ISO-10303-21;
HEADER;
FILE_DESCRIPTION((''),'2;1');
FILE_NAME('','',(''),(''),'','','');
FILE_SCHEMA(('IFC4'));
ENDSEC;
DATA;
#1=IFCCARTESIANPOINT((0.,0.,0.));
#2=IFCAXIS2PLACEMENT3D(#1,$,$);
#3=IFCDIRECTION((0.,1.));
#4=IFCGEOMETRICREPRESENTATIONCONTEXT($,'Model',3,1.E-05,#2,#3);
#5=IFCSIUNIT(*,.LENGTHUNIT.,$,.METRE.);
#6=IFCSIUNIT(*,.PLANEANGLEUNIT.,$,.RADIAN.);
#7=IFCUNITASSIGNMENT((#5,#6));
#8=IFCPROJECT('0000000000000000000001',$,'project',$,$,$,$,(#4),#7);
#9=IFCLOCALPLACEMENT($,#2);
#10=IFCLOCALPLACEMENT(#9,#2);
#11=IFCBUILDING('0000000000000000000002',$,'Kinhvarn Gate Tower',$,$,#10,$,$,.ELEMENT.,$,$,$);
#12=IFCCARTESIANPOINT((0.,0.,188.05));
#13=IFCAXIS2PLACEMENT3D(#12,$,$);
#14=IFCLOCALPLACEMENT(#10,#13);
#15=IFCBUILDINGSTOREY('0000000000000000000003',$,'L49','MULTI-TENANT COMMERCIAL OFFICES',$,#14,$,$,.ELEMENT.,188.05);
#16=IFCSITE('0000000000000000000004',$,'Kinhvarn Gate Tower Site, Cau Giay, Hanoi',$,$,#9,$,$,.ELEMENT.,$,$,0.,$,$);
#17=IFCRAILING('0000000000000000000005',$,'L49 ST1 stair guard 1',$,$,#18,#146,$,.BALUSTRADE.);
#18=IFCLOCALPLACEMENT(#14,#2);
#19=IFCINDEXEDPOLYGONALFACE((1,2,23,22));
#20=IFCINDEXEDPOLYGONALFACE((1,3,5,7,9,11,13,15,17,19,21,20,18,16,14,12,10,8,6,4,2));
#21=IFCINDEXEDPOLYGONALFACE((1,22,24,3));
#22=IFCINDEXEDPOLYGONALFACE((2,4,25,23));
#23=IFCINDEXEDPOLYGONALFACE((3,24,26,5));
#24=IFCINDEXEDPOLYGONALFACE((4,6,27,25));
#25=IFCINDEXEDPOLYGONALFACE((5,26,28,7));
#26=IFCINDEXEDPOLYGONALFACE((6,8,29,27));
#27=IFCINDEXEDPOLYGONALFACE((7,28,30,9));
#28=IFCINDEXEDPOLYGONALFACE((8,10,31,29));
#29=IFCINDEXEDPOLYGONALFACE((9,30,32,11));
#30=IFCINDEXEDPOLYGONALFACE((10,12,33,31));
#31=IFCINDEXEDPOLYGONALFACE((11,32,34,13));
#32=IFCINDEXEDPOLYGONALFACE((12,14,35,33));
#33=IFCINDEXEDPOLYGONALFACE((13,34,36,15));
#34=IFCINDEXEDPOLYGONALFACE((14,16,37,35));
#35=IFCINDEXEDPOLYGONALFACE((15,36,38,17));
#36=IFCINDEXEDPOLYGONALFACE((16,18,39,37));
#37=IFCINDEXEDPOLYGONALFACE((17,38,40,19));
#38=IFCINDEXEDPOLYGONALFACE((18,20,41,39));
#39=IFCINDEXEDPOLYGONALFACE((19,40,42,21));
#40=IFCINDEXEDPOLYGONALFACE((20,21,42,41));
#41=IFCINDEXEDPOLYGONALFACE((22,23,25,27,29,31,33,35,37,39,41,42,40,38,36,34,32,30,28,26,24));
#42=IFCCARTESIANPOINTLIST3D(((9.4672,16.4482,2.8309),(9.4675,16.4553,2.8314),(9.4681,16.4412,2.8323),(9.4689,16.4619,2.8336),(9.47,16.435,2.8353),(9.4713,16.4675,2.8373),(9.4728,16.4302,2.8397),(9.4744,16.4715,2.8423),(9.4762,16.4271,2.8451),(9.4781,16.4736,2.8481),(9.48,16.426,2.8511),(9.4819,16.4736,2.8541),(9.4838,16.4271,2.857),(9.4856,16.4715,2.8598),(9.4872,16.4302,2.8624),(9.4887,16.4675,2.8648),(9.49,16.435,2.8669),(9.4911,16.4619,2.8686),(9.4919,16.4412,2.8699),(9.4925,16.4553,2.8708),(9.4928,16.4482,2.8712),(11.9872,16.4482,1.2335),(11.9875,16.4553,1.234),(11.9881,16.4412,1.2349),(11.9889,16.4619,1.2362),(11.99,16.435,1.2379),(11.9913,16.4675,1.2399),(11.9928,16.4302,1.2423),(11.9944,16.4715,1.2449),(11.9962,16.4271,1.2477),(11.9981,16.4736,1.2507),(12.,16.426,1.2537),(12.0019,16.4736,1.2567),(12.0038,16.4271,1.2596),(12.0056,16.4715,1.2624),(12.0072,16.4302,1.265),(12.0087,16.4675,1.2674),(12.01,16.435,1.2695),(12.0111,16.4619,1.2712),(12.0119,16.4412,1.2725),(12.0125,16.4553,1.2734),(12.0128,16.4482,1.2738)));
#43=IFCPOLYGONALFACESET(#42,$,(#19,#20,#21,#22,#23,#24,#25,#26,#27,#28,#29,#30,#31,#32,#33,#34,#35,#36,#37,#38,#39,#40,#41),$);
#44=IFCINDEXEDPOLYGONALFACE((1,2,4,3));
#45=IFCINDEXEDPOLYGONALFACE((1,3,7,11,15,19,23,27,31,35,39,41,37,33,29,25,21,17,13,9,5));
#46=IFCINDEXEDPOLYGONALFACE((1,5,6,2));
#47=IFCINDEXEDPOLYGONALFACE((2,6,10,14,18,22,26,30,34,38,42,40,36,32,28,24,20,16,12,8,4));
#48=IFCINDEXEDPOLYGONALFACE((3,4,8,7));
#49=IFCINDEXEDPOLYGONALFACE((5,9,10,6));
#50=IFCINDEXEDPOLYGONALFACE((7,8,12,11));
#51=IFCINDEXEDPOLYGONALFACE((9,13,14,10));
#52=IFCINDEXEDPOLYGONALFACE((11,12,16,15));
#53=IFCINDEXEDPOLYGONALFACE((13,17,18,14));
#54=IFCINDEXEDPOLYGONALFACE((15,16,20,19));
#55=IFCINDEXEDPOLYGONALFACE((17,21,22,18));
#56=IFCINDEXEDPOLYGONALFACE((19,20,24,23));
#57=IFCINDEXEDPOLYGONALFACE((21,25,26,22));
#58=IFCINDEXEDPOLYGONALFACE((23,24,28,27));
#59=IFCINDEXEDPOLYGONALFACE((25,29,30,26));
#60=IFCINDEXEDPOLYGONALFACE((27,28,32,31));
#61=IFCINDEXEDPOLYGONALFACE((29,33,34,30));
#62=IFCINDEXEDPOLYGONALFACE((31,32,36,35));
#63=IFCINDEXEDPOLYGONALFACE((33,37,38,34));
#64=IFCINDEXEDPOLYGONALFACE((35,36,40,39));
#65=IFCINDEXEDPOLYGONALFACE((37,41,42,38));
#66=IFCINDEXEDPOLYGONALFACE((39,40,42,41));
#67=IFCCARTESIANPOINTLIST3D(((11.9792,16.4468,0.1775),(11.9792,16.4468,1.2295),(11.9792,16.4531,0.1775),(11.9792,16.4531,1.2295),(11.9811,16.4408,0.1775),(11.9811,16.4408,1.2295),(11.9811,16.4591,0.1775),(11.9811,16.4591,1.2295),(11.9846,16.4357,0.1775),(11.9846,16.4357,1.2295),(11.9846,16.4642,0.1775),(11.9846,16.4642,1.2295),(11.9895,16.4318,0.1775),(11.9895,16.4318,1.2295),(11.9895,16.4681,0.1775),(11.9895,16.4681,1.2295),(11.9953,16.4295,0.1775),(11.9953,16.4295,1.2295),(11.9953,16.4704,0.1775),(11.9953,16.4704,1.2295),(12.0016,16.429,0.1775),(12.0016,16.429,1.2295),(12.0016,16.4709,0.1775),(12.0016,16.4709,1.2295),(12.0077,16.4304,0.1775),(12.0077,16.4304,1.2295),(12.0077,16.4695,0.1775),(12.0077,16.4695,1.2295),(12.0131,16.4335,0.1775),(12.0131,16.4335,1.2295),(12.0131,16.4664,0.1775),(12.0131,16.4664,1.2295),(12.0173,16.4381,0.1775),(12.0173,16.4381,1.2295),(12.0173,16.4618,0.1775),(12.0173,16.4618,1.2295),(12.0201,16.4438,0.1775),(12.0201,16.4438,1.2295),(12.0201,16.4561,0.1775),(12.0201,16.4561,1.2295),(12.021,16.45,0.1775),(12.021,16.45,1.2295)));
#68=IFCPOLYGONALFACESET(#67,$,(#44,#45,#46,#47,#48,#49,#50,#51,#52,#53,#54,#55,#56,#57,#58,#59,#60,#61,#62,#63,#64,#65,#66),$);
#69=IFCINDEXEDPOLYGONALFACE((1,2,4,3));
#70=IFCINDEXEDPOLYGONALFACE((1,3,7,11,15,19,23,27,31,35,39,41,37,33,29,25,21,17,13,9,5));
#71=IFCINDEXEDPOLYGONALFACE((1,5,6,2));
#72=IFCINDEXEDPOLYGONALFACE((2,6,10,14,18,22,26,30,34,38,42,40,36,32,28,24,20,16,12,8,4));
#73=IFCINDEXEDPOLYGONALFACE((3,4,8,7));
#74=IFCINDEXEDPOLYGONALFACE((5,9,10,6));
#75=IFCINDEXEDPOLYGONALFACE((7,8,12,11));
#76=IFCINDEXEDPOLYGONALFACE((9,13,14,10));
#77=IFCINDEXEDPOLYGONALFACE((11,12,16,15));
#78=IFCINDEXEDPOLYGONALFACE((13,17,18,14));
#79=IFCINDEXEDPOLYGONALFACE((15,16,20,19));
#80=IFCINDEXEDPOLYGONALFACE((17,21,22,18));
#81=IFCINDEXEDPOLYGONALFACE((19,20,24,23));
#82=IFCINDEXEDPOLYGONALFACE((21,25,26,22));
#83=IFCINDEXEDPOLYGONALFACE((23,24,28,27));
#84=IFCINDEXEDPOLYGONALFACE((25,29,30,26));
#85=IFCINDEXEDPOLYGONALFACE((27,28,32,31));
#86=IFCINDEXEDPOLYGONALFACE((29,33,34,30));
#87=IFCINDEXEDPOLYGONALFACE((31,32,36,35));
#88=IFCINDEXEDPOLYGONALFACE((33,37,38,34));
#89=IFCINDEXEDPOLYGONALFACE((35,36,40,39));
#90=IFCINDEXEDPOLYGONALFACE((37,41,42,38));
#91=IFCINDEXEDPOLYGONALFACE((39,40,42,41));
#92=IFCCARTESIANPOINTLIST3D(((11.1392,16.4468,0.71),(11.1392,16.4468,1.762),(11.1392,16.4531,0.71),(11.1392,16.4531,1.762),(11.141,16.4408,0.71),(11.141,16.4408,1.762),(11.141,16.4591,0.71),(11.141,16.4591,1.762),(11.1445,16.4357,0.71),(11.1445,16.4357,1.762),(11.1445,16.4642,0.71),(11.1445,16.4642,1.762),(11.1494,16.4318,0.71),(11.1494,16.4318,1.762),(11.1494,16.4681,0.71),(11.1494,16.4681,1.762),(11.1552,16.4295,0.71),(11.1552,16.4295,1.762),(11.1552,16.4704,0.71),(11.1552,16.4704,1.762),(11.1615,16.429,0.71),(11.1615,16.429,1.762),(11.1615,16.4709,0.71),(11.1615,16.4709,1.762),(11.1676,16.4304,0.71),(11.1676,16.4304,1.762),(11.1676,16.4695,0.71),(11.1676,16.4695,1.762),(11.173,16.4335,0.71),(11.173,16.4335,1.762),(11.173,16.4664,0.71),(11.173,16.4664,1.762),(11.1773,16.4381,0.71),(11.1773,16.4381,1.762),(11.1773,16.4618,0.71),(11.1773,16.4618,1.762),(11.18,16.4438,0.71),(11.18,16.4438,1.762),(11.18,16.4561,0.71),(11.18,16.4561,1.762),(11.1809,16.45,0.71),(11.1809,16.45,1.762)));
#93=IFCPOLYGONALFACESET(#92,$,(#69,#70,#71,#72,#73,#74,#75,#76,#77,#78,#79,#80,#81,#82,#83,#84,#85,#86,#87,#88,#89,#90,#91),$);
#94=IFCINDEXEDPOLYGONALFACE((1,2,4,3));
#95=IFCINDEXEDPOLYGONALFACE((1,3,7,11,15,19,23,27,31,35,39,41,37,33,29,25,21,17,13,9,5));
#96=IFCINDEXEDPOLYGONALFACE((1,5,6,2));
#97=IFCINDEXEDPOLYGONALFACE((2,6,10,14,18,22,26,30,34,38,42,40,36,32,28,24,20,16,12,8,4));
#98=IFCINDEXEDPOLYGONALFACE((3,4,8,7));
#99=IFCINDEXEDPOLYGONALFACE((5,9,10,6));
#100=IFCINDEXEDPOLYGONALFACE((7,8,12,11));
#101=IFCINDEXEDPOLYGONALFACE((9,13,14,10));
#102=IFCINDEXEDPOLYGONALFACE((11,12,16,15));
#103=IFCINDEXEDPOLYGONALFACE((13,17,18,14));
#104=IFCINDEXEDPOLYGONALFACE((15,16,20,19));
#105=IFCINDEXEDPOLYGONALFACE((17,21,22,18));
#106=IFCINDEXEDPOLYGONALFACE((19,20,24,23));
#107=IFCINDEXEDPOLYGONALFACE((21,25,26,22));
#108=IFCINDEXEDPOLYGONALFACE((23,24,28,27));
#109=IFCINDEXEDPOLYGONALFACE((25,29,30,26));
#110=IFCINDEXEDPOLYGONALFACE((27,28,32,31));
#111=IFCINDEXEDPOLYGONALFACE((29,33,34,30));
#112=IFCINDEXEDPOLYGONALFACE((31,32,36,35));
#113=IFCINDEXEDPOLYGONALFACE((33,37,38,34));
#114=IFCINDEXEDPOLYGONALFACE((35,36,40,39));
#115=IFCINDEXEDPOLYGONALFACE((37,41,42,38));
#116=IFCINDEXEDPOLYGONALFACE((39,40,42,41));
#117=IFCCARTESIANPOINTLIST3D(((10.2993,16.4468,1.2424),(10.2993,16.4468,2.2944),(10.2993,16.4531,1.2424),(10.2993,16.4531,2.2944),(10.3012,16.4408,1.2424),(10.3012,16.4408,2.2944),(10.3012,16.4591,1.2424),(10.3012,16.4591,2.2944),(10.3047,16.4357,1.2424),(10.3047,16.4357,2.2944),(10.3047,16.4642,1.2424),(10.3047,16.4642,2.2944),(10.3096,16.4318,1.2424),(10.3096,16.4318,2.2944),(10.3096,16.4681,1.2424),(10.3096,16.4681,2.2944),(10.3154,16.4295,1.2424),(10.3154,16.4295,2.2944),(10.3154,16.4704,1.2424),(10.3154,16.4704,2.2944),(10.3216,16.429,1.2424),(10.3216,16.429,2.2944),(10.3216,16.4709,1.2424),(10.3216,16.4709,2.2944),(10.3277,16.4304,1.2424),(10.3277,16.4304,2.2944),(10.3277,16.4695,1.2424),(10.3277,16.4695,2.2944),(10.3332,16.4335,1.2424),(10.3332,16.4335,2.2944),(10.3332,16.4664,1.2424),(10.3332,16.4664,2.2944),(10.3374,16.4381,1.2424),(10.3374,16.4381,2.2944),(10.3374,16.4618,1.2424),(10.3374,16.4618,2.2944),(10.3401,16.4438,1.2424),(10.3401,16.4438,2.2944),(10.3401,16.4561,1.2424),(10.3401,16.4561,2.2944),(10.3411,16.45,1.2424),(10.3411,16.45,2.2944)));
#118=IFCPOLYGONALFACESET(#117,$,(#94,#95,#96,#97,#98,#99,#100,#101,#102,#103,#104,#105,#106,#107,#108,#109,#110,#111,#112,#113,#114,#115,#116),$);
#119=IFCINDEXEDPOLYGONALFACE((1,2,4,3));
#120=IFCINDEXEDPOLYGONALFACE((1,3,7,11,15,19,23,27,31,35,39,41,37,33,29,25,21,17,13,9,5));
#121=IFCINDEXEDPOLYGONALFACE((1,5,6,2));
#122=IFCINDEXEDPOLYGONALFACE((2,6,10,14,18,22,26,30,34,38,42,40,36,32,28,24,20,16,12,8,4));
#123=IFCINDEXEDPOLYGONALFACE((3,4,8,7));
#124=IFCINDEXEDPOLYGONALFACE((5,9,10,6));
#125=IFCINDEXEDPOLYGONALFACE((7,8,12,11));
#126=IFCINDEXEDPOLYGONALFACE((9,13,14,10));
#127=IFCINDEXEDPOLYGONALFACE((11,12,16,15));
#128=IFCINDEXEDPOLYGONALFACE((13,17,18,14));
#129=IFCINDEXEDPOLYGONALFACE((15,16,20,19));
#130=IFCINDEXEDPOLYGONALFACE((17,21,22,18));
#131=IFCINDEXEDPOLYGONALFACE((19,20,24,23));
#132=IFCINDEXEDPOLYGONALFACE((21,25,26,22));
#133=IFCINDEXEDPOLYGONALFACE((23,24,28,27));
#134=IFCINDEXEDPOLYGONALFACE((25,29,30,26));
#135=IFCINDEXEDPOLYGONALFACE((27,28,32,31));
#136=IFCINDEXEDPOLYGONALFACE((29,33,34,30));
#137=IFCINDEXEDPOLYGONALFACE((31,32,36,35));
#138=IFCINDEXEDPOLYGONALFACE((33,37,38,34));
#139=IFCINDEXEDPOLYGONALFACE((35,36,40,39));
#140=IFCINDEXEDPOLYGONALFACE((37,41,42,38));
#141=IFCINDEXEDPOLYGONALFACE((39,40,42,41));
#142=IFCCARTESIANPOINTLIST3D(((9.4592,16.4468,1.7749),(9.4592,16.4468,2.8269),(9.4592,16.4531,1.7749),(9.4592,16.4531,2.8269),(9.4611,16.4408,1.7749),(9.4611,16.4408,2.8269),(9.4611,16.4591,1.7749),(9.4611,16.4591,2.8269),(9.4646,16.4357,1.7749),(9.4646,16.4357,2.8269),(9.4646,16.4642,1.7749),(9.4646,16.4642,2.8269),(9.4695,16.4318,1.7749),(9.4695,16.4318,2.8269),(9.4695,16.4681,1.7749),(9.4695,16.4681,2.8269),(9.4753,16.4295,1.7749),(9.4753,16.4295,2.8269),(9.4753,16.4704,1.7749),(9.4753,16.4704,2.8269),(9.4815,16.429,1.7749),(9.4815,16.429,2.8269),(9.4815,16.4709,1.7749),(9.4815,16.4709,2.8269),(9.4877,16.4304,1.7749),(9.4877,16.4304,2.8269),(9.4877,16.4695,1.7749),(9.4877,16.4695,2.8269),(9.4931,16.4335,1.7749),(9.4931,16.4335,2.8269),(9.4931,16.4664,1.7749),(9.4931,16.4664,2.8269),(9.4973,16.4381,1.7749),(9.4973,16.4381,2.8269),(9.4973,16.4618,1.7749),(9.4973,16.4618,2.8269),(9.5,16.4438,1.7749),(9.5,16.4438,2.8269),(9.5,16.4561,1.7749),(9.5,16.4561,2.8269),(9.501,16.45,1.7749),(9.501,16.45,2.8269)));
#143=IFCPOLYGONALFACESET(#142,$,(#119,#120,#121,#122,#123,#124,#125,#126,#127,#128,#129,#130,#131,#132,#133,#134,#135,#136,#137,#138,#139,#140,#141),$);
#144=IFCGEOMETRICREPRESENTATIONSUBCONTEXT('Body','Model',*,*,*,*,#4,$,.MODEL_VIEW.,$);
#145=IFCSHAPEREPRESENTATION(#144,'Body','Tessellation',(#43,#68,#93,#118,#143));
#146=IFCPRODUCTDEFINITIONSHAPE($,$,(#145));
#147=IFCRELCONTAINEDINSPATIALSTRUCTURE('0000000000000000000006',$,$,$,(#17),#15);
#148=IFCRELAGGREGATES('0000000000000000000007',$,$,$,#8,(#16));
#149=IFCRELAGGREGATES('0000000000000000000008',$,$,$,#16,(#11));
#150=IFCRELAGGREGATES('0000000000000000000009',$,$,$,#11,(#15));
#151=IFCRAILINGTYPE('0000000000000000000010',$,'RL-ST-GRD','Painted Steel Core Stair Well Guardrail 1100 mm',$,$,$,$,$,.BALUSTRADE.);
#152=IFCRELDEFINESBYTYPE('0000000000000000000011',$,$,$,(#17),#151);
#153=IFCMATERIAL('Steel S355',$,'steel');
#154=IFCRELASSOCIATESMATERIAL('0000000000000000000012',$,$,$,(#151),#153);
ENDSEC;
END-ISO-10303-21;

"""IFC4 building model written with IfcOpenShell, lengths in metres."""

from ifc_helpers import new_model, si_unit, direction, frame, origin, origin_2d, place, context, subcontext, project, spatial, circle, extrude, material, type_object, element, save


model = new_model("IFC4")

# Units and contexts
model_context = context("Model", 3, precision=1e-05, world=origin(), true_north=direction((0.0, 1.0)))
body_context = subcontext(model_context, "Body", "Model", "MODEL_VIEW")
ifc_project = project(units=[si_unit("LENGTHUNIT", "METRE"), si_unit("PLANEANGLEUNIT", "RADIAN")], contexts=[model_context])

# Site, building, storey
site_placement = place(None, origin())
site = spatial("IfcSite", under=ifc_project, at=site_placement, Name="Kinhvarn Gate Tower Site, Cau Giay, Hanoi", CompositionType="ELEMENT", RefElevation=0.0)
building_placement = place(site_placement, origin())
building = spatial("IfcBuilding", under=site, at=building_placement, Name="Kinhvarn Gate Tower", CompositionType="ELEMENT")
storey_placement = place(building_placement, frame((0.0, 0.0, 188.05)))
storey = spatial("IfcBuildingStorey", under=building, at=storey_placement, Name="L49", Description="MULTI-TENANT COMMERCIAL OFFICES", CompositionType="ELEMENT", Elevation=188.05)

# Shared definitions
ifc_material_1 = material(Name="Steel S355", Category="steel")

# Railing
railing_type_1 = type_object("IfcRailingType", Name="RL-ST-GRD", Description="Painted Steel Core Stair Well Guardrail 1100 mm", PredefinedType="BALUSTRADE", material=ifc_material_1)
railing_1_placement = place(storey_placement, frame((12.0, 16.45, 0.1775)))
element("IfcRailing", 1, at=railing_1_placement, inside=storey, type_object=railing_type_1, Name="L49 ST1 stair guard 1", PredefinedType="BALUSTRADE", context=body_context, shape_type="SweptSolid", body=[
    extrude(circle(Radius=0.0239, at=origin_2d()), frame((0.0, 0.0, 1.0762), z_axis=(-0.844607, 0.0, 0.535387), x_axis=(0.0, -1.0, 0.0)), (0.0, 0.0, 1.0), 2.9836),
    extrude(circle(Radius=0.021, at=origin_2d()), origin(), (0.0, 0.0, 1.0), 1.052),
    extrude(circle(Radius=0.021, at=origin_2d()), frame((-0.8401, 0.0, 0.5325)), (0.0, 0.0, 1.0), 1.052),
    extrude(circle(Radius=0.021, at=origin_2d()), frame((-1.6799, 0.0, 1.0649)), (0.0, 0.0, 1.0), 1.052),
    extrude(circle(Radius=0.021, at=origin_2d()), frame((-2.52, 0.0, 1.5974)), (0.0, 0.0, 1.0), 1.052),
])

save(model, "model.ifc")
